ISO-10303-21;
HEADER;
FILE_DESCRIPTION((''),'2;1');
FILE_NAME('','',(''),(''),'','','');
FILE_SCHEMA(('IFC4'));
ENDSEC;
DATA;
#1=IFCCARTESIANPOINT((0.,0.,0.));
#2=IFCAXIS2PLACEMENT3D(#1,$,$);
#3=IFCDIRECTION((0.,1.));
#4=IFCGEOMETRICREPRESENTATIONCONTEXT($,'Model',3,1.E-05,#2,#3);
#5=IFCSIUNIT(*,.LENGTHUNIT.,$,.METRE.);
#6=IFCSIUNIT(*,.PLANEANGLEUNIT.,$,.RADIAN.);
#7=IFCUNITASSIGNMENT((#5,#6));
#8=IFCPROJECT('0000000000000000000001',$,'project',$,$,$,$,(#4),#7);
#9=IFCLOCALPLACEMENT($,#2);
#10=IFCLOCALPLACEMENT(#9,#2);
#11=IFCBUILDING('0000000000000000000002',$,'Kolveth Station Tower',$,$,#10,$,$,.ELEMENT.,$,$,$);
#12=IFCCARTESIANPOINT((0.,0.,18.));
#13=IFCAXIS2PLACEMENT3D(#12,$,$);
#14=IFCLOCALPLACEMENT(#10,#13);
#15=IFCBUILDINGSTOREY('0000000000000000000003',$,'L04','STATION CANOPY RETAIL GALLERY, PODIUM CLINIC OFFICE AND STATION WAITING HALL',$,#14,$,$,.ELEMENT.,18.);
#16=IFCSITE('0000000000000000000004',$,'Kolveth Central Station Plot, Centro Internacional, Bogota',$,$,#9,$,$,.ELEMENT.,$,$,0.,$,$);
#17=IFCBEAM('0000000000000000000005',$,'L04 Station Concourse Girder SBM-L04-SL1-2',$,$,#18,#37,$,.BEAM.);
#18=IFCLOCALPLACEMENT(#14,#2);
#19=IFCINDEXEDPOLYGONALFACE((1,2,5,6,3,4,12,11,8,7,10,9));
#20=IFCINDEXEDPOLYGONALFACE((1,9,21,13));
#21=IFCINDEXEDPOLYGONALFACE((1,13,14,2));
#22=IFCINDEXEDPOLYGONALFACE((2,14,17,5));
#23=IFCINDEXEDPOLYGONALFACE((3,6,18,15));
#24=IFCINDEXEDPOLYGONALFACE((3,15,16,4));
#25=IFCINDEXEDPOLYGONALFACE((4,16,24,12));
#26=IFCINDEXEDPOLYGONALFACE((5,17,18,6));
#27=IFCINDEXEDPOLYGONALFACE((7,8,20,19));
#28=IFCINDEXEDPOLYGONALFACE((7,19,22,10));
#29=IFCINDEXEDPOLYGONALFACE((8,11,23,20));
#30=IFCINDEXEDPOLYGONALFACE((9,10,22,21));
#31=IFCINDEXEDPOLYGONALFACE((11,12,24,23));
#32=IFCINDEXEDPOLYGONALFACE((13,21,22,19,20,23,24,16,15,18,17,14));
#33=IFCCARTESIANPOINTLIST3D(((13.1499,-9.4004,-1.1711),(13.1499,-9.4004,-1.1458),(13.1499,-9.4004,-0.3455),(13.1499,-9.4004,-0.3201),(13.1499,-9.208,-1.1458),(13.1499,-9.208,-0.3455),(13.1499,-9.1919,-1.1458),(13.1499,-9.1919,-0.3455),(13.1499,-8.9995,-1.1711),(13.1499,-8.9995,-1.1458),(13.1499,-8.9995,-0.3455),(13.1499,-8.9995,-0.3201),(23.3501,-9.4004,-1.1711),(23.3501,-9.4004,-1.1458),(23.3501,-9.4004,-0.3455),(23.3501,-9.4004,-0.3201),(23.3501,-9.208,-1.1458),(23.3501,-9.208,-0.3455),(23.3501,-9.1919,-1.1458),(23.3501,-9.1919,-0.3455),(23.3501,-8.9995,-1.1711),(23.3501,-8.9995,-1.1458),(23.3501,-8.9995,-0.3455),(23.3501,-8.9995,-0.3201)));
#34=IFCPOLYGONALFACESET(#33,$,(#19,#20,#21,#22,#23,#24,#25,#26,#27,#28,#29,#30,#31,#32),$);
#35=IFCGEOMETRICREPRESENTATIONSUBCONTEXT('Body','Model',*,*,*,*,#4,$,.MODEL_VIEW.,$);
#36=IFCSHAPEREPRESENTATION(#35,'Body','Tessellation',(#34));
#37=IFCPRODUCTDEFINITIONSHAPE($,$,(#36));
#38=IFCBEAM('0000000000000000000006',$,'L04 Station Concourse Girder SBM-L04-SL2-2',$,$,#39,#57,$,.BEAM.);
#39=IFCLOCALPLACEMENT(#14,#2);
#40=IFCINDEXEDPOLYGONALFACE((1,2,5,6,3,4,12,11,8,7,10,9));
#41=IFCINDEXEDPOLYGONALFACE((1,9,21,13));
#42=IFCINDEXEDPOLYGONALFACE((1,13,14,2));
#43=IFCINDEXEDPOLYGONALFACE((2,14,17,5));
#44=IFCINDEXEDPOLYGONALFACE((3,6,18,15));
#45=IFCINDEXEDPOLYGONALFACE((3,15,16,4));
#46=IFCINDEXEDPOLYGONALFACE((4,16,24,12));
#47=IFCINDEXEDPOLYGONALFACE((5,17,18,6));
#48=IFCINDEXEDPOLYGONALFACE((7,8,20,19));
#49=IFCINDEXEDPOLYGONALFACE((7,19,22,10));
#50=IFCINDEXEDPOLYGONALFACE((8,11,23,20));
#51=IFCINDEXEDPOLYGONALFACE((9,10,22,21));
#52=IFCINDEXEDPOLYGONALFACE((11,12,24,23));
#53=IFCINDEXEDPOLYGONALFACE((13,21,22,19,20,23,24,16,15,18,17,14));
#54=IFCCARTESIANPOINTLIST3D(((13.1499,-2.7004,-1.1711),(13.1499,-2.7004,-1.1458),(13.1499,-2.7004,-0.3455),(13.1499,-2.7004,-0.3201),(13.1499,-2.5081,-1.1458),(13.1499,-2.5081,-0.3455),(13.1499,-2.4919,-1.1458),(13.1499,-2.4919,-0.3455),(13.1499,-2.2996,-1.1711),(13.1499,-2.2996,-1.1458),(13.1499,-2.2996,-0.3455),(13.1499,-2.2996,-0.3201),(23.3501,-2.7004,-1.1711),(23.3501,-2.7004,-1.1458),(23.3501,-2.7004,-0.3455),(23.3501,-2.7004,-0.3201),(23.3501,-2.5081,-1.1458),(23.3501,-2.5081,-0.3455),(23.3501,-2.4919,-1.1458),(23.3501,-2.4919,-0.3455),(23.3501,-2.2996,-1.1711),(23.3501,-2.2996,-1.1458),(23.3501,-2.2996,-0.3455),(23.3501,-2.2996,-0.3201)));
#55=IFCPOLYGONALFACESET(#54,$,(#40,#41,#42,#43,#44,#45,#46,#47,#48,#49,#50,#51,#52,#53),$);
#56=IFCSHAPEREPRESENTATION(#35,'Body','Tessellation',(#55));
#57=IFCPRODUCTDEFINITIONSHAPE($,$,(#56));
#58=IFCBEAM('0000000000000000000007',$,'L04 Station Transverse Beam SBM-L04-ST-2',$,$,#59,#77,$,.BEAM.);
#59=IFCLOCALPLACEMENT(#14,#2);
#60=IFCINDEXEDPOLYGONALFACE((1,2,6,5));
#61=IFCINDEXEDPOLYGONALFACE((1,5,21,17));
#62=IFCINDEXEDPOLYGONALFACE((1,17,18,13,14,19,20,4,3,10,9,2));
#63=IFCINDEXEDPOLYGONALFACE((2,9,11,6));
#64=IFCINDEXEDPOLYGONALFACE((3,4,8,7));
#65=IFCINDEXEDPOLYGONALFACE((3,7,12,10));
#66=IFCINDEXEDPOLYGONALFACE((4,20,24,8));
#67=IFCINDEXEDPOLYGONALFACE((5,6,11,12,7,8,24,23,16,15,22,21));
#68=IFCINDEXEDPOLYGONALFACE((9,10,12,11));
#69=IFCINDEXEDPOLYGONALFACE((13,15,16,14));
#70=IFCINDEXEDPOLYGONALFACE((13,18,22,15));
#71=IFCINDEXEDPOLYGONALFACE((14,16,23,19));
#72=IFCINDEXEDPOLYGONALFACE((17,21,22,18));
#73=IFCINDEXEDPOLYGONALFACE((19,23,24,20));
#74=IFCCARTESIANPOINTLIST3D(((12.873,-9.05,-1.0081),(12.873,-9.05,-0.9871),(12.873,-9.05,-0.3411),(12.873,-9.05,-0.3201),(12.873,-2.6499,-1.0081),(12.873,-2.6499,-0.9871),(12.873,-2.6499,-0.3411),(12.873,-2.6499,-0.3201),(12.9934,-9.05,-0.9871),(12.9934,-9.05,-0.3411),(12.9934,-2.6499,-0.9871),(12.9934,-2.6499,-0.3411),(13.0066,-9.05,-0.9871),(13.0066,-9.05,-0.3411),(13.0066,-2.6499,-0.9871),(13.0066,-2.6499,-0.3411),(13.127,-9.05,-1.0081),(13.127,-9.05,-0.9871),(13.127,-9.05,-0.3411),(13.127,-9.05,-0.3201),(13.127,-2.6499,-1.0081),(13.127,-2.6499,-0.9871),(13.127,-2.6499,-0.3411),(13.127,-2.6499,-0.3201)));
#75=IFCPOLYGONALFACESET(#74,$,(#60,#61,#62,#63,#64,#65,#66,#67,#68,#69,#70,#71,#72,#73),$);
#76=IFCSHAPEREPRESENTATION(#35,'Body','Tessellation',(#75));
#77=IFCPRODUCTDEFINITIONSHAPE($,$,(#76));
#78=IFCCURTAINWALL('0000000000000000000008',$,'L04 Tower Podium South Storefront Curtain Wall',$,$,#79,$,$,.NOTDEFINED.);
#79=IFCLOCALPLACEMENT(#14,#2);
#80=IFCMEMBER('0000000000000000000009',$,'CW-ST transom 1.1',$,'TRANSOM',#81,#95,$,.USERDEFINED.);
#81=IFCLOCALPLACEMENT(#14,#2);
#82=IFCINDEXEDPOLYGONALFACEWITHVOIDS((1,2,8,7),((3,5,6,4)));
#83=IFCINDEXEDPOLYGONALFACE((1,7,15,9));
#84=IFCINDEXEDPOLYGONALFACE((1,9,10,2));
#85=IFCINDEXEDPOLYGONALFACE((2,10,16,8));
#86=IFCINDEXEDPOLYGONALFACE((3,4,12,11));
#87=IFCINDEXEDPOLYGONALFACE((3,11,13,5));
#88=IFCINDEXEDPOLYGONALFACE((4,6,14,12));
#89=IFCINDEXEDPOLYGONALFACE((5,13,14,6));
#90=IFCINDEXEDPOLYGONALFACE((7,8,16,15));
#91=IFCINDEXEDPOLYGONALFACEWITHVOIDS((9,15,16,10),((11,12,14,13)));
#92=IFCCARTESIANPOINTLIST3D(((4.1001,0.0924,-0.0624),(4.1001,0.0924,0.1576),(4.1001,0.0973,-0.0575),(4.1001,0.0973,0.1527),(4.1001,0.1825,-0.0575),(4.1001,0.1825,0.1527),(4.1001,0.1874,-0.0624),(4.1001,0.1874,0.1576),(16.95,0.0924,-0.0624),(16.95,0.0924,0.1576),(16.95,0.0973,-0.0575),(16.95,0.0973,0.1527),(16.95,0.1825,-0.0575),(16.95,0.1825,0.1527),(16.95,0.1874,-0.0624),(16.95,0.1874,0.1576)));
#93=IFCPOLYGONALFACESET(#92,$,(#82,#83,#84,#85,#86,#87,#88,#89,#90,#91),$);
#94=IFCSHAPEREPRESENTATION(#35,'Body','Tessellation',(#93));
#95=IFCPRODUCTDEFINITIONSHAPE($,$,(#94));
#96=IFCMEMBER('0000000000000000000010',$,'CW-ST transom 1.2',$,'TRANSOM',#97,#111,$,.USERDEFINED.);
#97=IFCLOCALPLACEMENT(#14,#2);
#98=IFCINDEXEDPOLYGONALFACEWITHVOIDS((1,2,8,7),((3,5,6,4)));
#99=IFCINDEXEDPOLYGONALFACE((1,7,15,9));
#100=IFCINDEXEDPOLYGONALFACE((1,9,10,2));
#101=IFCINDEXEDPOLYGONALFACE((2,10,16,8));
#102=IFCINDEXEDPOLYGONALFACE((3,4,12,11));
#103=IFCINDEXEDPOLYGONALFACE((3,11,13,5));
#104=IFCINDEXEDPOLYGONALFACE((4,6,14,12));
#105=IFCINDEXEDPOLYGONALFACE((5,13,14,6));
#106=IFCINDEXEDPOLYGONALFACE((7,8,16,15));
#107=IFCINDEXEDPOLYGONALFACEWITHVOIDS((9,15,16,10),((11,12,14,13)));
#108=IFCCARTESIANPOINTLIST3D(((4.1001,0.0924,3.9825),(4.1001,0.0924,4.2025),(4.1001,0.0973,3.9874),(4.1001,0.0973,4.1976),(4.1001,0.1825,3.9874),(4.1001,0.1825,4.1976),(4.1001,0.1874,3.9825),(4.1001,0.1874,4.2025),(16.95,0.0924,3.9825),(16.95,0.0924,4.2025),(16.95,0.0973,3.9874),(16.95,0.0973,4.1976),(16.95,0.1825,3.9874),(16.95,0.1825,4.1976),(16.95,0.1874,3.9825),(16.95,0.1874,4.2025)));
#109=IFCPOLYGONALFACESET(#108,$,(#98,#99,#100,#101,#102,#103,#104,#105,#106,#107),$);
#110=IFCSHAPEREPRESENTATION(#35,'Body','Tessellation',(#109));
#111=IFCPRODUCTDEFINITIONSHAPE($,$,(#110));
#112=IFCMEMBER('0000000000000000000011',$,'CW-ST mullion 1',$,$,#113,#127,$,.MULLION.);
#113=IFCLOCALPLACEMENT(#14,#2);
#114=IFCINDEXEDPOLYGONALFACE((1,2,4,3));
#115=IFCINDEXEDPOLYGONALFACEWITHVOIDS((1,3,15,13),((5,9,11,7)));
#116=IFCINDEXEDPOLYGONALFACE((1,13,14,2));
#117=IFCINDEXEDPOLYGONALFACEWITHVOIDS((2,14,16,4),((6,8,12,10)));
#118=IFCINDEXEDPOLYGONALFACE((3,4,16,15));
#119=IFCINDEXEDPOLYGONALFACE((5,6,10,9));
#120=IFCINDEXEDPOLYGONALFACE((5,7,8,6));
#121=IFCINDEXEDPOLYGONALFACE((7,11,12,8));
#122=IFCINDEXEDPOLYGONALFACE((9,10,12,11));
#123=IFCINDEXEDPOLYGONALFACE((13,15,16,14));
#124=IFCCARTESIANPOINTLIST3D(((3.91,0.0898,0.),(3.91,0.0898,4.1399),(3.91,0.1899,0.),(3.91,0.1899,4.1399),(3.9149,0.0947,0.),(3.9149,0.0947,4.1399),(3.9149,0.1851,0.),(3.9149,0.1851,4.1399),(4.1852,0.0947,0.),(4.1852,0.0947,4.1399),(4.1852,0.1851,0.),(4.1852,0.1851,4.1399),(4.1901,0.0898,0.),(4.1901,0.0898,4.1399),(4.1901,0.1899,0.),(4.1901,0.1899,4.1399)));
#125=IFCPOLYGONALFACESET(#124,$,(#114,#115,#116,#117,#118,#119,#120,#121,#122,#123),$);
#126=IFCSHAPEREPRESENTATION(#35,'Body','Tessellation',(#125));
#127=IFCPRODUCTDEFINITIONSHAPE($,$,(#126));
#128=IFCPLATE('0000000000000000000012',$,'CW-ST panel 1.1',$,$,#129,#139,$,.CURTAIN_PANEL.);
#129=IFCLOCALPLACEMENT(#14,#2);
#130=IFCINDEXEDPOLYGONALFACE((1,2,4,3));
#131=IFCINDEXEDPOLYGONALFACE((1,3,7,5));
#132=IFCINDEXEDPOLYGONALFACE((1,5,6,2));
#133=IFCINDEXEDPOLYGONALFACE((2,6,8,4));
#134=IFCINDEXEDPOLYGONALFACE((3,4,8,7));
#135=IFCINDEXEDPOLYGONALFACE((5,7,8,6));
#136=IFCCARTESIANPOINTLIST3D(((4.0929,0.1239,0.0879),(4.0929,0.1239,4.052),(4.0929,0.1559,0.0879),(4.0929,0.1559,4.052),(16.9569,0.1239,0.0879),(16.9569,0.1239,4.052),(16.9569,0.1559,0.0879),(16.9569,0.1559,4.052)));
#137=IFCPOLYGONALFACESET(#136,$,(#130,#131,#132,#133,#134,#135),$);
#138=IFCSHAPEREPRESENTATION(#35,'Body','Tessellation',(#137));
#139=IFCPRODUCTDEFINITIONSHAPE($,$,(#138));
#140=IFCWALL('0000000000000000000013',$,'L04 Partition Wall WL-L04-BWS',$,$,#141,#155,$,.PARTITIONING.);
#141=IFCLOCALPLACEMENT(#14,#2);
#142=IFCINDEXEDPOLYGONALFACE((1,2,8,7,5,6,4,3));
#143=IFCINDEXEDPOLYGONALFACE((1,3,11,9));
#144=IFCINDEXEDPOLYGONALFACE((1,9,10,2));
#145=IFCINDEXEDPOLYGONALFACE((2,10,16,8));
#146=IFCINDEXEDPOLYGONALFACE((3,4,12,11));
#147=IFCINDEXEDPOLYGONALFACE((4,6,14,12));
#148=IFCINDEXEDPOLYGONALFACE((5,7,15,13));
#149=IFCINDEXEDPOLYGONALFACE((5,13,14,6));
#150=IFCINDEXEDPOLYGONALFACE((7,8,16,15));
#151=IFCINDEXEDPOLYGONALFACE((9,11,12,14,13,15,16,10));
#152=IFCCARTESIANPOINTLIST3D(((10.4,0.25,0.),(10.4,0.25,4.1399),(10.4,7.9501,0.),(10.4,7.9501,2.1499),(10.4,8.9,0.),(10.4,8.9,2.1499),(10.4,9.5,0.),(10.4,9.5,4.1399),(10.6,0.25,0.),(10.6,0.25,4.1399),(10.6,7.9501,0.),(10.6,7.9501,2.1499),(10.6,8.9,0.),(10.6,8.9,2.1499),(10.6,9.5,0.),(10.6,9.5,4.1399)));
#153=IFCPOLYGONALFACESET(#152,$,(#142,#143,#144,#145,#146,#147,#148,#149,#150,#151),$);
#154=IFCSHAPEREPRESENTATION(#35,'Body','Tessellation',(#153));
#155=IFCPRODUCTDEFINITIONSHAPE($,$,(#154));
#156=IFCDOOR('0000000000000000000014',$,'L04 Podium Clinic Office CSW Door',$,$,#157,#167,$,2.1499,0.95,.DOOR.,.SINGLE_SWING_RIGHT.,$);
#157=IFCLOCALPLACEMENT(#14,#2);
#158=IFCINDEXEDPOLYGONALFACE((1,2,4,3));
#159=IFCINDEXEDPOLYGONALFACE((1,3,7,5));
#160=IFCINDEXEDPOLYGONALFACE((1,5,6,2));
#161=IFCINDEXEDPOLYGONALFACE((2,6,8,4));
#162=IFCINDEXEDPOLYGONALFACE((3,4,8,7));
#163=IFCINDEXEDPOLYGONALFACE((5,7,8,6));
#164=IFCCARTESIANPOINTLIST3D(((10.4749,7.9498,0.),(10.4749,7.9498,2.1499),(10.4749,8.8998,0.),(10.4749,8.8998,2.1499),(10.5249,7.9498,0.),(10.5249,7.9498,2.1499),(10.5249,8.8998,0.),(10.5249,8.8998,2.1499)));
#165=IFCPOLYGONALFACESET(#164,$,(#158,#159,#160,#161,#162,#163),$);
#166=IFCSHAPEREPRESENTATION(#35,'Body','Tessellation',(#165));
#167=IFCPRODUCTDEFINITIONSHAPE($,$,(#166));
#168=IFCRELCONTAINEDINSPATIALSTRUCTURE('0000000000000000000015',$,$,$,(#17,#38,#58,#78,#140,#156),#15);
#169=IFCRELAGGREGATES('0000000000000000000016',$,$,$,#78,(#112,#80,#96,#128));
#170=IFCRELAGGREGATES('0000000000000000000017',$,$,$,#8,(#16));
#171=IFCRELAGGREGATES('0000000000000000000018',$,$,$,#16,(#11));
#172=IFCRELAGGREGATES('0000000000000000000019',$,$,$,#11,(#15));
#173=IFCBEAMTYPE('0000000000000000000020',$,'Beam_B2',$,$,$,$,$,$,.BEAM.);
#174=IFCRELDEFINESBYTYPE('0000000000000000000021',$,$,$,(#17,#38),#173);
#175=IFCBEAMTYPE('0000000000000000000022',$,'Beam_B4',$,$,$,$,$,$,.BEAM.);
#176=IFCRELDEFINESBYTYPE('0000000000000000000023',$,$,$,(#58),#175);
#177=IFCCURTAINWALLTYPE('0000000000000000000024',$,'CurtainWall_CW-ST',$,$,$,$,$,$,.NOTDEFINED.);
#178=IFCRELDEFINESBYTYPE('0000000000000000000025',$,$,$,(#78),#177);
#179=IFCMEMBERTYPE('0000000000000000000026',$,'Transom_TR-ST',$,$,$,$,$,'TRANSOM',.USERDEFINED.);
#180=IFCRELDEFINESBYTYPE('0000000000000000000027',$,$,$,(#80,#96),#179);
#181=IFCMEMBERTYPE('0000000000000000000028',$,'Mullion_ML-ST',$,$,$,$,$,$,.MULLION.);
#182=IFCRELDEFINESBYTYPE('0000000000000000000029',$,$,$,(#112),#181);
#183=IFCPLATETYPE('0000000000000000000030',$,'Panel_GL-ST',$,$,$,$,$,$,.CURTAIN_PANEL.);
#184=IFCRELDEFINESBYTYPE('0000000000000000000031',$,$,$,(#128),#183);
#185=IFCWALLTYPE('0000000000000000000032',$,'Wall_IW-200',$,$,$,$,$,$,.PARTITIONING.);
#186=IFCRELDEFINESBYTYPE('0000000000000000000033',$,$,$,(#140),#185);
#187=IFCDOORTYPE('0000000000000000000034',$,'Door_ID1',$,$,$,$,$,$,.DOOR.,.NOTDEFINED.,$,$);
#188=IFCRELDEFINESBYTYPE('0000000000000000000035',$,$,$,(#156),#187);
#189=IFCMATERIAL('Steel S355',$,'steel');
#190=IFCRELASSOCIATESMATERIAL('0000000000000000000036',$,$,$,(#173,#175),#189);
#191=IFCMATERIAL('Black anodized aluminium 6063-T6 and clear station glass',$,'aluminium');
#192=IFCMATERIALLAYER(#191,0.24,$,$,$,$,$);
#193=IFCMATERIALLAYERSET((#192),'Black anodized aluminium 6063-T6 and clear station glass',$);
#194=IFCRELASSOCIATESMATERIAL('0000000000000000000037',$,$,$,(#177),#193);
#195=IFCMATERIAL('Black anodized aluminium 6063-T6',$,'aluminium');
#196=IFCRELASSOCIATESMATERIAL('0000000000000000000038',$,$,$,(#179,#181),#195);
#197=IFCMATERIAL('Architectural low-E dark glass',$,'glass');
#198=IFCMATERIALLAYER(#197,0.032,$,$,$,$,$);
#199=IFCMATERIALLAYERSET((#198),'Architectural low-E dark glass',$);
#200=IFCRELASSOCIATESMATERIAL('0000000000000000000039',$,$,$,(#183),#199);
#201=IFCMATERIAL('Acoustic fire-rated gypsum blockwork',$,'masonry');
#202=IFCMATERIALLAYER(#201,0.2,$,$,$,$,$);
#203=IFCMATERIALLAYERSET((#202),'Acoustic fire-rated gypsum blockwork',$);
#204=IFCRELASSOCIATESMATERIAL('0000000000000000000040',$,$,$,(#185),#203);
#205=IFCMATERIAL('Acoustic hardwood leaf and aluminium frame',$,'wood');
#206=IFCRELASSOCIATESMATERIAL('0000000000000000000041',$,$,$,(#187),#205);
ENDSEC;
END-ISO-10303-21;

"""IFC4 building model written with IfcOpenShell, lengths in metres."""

from ifc_helpers import new_model, si_unit, direction, frame, frame_2d, origin, origin_2d, place, context, subcontext, project, spatial, rectangle, hollow_rectangle, i_section, extrude, source, transform, mapped, material, layer, layer_set, material_profile, profile_set, type_object, element, fill, aggregate, save


model = new_model("IFC4")

# Units and contexts
model_context = context("Model", 3, precision=1e-05, world=origin(), true_north=direction((0.0, 1.0)))
body_context = subcontext(model_context, "Body", "Model", "MODEL_VIEW")
ifc_project = project(units=[si_unit("LENGTHUNIT", "METRE"), si_unit("PLANEANGLEUNIT", "RADIAN")], contexts=[model_context])

# Site, building, storey
site_placement = place(None, origin())
site = spatial("IfcSite", under=ifc_project, at=site_placement, Name="Kolveth Central Station Plot, Centro Internacional, Bogota", CompositionType="ELEMENT", RefElevation=0.0)
building_placement = place(site_placement, origin())
building = spatial("IfcBuilding", under=site, at=building_placement, Name="Kolveth Station Tower", CompositionType="ELEMENT")
storey_placement = place(building_placement, frame((0.0, 0.0, 18.0)))
storey = spatial("IfcBuildingStorey", under=building, at=storey_placement, Name="L04", Description="STATION CANOPY RETAIL GALLERY, PODIUM CLINIC OFFICE AND STATION WAITING HALL", CompositionType="ELEMENT", Elevation=18.0)

# Shared definitions
ifc_material_1 = material(Name="Steel S355", Category="steel")

# Beams
ifc_material_profile_1 = material_profile(ifc_material_1, i_section(OverallWidth=0.4009, OverallDepth=0.8511, WebThickness=0.0161, FlangeThickness=0.0254, at=origin_2d()), Name="W840x226")
ifc_profile_set_1 = profile_set([ifc_material_profile_1], Name="Steel S355")
beam_type_1 = type_object("IfcBeamType", Name="Beam_B2", PredefinedType="BEAM", material=ifc_profile_set_1)
shared_shape_1 = source(origin(), body_context, "Body", "SweptSolid", [
    extrude(i_section(OverallWidth=0.4009, OverallDepth=0.8511, WebThickness=0.0161, FlangeThickness=0.0254, at=origin_2d()), origin(), (0.0, 0.0, 1.0), 10.2002),
])
for number, where, z_axis, x_axis, name in (
    (1, (13.1499, -9.2, -0.7456), (1.0, 0.0, 0.0), (0.0, 1.0, 0.0), "L04 Station Concourse Girder SBM-L04-SL1-2"),
    (2, (13.1499, -2.5, -0.7456), (1.0, 0.0, 0.0), (0.0, 1.0, 0.0), "L04 Station Concourse Girder SBM-L04-SL2-2"),
):
    element("IfcBeam", number, at=place(storey_placement, frame(where, z_axis=z_axis, x_axis=x_axis)), inside=storey, type_object=beam_type_1, Name=name, PredefinedType="BEAM", context=body_context, shape_type="MappedRepresentation", body=[
        mapped(shared_shape_1, transform((0.0, 0.0, 0.0), x_axis=(1.0, 0.0, 0.0), y_axis=(0.0, 1.0, 0.0), z_axis=(0.0, 0.0, 1.0), scale=1.0)),
    ])
ifc_material_profile_2 = material_profile(ifc_material_1, i_section(OverallWidth=0.2539, OverallDepth=0.688, WebThickness=0.0132, FlangeThickness=0.021, at=origin_2d()), Name="W690x152")
ifc_profile_set_2 = profile_set([ifc_material_profile_2], Name="Steel S355")
beam_type_2 = type_object("IfcBeamType", Name="Beam_B4", PredefinedType="BEAM", material=ifc_profile_set_2)
shared_shape_2 = source(origin(), body_context, "Body", "SweptSolid", [
    extrude(i_section(OverallWidth=0.2539, OverallDepth=0.688, WebThickness=0.0132, FlangeThickness=0.021, at=origin_2d()), origin(), (0.0, 0.0, 1.0), 6.4001),
])
beam_1_placement = place(storey_placement, frame((13.0, -9.05, -0.6641), z_axis=(0.0, 1.0, 0.0), x_axis=(-1.0, 0.0, 0.0)))
element("IfcBeam", 3, at=beam_1_placement, inside=storey, type_object=beam_type_2, Name="L04 Station Transverse Beam SBM-L04-ST-2", PredefinedType="BEAM", context=body_context, shape_type="MappedRepresentation", body=[
    mapped(shared_shape_2, transform((0.0, 0.0, 0.0), x_axis=(1.0, 0.0, 0.0), y_axis=(0.0, 1.0, 0.0), z_axis=(0.0, 0.0, 1.0), scale=1.0)),
])

# Curtain wall, members, plate
ifc_material_2 = material(Name="Black anodized aluminium 6063-T6 and clear station glass", Category="aluminium")
ifc_layer_1 = layer(ifc_material_2, 0.24)
ifc_layer_set_1 = layer_set([ifc_layer_1], Name="Black anodized aluminium 6063-T6 and clear station glass")
curtain_wall_type = type_object("IfcCurtainWallType", Name="CurtainWall_CW-ST", PredefinedType="NOTDEFINED", material=ifc_layer_set_1)
curtain_wall_placement = place(storey_placement, origin())
curtain_wall = element("IfcCurtainWall", 4, at=curtain_wall_placement, inside=storey, type_object=curtain_wall_type, Name="L04 Tower Podium South Storefront Curtain Wall", PredefinedType="NOTDEFINED")
ifc_material_3 = material(Name="Black anodized aluminium 6063-T6", Category="aluminium")
ifc_material_profile_3 = material_profile(ifc_material_3, hollow_rectangle(XDim=0.095, YDim=0.22, WallThickness=0.0049, at=origin_2d()), Name="ALU-95x220x5")
ifc_profile_set_3 = profile_set([ifc_material_profile_3], Name="Black anodized aluminium 6063-T6")
member_type_1 = type_object("IfcMemberType", Name="Transom_TR-ST", ElementType="TRANSOM", PredefinedType="USERDEFINED", material=ifc_profile_set_3)
shared_shape_3 = source(origin(), body_context, "Body", "SweptSolid", [
    extrude(hollow_rectangle(XDim=0.095, YDim=0.22, WallThickness=0.0049, at=origin_2d()), origin(), (0.0, 0.0, 1.0), 12.8499),
])
member_1_placement = place(storey_placement, frame((4.1001, 0.1399, 0.0476), z_axis=(1.0, 0.0, 0.0), x_axis=(0.0, 1.0, 0.0)))
member_1 = element("IfcMember", 5, at=member_1_placement, type_object=member_type_1, Name="CW-ST transom 1.1", ObjectType="TRANSOM", PredefinedType="USERDEFINED", context=body_context, shape_type="MappedRepresentation", body=[
    mapped(shared_shape_3, transform((0.0, 0.0, 0.0), x_axis=(1.0, 0.0, 0.0), y_axis=(0.0, 1.0, 0.0), z_axis=(0.0, 0.0, 1.0), scale=1.0)),
])
member_2_placement = place(storey_placement, frame((4.1001, 0.1399, 4.0925), z_axis=(1.0, 0.0, 0.0), x_axis=(0.0, 1.0, 0.0)))
member_2 = element("IfcMember", 6, at=member_2_placement, type_object=member_type_1, Name="CW-ST transom 1.2", ObjectType="TRANSOM", PredefinedType="USERDEFINED", context=body_context, shape_type="MappedRepresentation", body=[
    mapped(shared_shape_3, transform((0.0, 0.0, 0.0), x_axis=(1.0, 0.0, 0.0), y_axis=(0.0, 1.0, 0.0), z_axis=(0.0, 0.0, 1.0), scale=1.0)),
])
ifc_material_profile_4 = material_profile(ifc_material_3, hollow_rectangle(XDim=0.1001, YDim=0.28, WallThickness=0.0049, at=origin_2d()), Name="ALU-100x280x5")
ifc_profile_set_4 = profile_set([ifc_material_profile_4], Name="Black anodized aluminium 6063-T6")
member_type_2 = type_object("IfcMemberType", Name="Mullion_ML-ST", PredefinedType="MULLION", material=ifc_profile_set_4)
shared_shape_4 = source(origin(), body_context, "Body", "SweptSolid", [
    extrude(hollow_rectangle(XDim=0.1001, YDim=0.28, WallThickness=0.0049, at=origin_2d()), origin(), (0.0, 0.0, 1.0), 4.1399),
])
member_3_placement = place(storey_placement, frame((4.05, 0.1399, 0.0), z_axis=(0.0, 0.0, 1.0), x_axis=(0.0, 1.0, 0.0)))
member_3 = element("IfcMember", 7, at=member_3_placement, type_object=member_type_2, Name="CW-ST mullion 1", PredefinedType="MULLION", context=body_context, shape_type="MappedRepresentation", body=[
    mapped(shared_shape_4, transform((0.0, 0.0, 0.0), x_axis=(1.0, 0.0, 0.0), y_axis=(0.0, 1.0, 0.0), z_axis=(0.0, 0.0, 1.0), scale=1.0)),
])
ifc_material_4 = material(Name="Architectural low-E dark glass", Category="glass")
ifc_layer_2 = layer(ifc_material_4, 0.032)
ifc_layer_set_2 = layer_set([ifc_layer_2], Name="Architectural low-E dark glass")
plate_type = type_object("IfcPlateType", Name="Panel_GL-ST", PredefinedType="CURTAIN_PANEL", material=ifc_layer_set_2)
shared_shape_5 = source(origin(), body_context, "Body", "SweptSolid", [
    extrude(rectangle(XDim=12.864, YDim=0.032, at=origin_2d()), origin(), (0.0, 0.0, 1.0), 3.9641),
])
plate_placement = place(storey_placement, frame((10.5249, 0.1399, 0.0879), z_axis=(0.0, 0.0, 1.0), x_axis=(1.0, 0.0, 0.0)))
plate = element("IfcPlate", 8, at=plate_placement, type_object=plate_type, Name="CW-ST panel 1.1", PredefinedType="CURTAIN_PANEL", context=body_context, shape_type="MappedRepresentation", body=[
    mapped(shared_shape_5, transform((0.0, 0.0, 0.0), x_axis=(1.0, 0.0, 0.0), y_axis=(0.0, 1.0, 0.0), z_axis=(0.0, 0.0, 1.0), scale=1.0)),
])
aggregate(curtain_wall, [member_3, member_1, member_2, plate])

# Wall, opening, door
ifc_material_5 = material(Name="Acoustic fire-rated gypsum blockwork", Category="masonry")
ifc_layer_3 = layer(ifc_material_5, 0.2)
ifc_layer_set_3 = layer_set([ifc_layer_3], Name="Acoustic fire-rated gypsum blockwork")
wall_type_1 = type_object("IfcWallType", Name="Wall_IW-200", PredefinedType="PARTITIONING", material=ifc_layer_set_3)
wall_1_placement = place(storey_placement, frame((10.5, 0.25, 0.0), z_axis=(0.0, 0.0, 1.0), x_axis=(0.0, 1.0, 0.0)))
wall_1 = element("IfcWall", 9, at=wall_1_placement, inside=storey, type_object=wall_type_1, Name="L04 Partition Wall WL-L04-BWS", PredefinedType="PARTITIONING", context=body_context, shape_type="SweptSolid", body=[
    extrude(rectangle(XDim=9.25, YDim=0.2, at=frame_2d((4.625, 0.0))), origin(), (0.0, 0.0, 1.0), 4.1399),
])
opening_placement = place(wall_1_placement, frame((7.7, 0.0, 0.0)))
opening = element("IfcOpeningElement", 10, at=opening_placement, cuts=wall_1, PredefinedType="OPENING", context=body_context, shape_type="SweptSolid", body=[
    extrude(rectangle(XDim=0.95, YDim=2.1499, at=frame_2d((0.4751, 1.075))), frame((0.0, 0.1099, 0.0), z_axis=(0.0, -1.0, 0.0), x_axis=(1.0, 0.0, 0.0)), (0.0, 0.0, 1.0), 0.22),
])
ifc_material_6 = material(Name="Acoustic hardwood leaf and aluminium frame", Category="wood")
door_type = type_object("IfcDoorType", Name="Door_ID1", OperationType="NOTDEFINED", PredefinedType="DOOR", material=ifc_material_6)
door_placement = place(opening_placement, frame((0.95, 0.0, 0.0), z_axis=(0.0, 0.0, 1.0), x_axis=(-1.0, 0.0, 0.0)))
door = element("IfcDoor", 11, at=door_placement, inside=storey, type_object=door_type, Name="L04 Podium Clinic Office CSW Door", OperationType="SINGLE_SWING_RIGHT", OverallHeight=2.1499, OverallWidth=0.95, PredefinedType="DOOR", context=body_context, shape_type="SweptSolid", body=[
    extrude(rectangle(XDim=0.95, YDim=2.1499, at=frame_2d((0.4751, 1.075))), frame((0.0, 0.0249, 0.0), z_axis=(0.0, -1.0, 0.0), x_axis=(1.0, 0.0, 0.0)), (0.0, 0.0, 1.0), 0.05),
])
fill(opening, door)

save(model, "model.ifc")
